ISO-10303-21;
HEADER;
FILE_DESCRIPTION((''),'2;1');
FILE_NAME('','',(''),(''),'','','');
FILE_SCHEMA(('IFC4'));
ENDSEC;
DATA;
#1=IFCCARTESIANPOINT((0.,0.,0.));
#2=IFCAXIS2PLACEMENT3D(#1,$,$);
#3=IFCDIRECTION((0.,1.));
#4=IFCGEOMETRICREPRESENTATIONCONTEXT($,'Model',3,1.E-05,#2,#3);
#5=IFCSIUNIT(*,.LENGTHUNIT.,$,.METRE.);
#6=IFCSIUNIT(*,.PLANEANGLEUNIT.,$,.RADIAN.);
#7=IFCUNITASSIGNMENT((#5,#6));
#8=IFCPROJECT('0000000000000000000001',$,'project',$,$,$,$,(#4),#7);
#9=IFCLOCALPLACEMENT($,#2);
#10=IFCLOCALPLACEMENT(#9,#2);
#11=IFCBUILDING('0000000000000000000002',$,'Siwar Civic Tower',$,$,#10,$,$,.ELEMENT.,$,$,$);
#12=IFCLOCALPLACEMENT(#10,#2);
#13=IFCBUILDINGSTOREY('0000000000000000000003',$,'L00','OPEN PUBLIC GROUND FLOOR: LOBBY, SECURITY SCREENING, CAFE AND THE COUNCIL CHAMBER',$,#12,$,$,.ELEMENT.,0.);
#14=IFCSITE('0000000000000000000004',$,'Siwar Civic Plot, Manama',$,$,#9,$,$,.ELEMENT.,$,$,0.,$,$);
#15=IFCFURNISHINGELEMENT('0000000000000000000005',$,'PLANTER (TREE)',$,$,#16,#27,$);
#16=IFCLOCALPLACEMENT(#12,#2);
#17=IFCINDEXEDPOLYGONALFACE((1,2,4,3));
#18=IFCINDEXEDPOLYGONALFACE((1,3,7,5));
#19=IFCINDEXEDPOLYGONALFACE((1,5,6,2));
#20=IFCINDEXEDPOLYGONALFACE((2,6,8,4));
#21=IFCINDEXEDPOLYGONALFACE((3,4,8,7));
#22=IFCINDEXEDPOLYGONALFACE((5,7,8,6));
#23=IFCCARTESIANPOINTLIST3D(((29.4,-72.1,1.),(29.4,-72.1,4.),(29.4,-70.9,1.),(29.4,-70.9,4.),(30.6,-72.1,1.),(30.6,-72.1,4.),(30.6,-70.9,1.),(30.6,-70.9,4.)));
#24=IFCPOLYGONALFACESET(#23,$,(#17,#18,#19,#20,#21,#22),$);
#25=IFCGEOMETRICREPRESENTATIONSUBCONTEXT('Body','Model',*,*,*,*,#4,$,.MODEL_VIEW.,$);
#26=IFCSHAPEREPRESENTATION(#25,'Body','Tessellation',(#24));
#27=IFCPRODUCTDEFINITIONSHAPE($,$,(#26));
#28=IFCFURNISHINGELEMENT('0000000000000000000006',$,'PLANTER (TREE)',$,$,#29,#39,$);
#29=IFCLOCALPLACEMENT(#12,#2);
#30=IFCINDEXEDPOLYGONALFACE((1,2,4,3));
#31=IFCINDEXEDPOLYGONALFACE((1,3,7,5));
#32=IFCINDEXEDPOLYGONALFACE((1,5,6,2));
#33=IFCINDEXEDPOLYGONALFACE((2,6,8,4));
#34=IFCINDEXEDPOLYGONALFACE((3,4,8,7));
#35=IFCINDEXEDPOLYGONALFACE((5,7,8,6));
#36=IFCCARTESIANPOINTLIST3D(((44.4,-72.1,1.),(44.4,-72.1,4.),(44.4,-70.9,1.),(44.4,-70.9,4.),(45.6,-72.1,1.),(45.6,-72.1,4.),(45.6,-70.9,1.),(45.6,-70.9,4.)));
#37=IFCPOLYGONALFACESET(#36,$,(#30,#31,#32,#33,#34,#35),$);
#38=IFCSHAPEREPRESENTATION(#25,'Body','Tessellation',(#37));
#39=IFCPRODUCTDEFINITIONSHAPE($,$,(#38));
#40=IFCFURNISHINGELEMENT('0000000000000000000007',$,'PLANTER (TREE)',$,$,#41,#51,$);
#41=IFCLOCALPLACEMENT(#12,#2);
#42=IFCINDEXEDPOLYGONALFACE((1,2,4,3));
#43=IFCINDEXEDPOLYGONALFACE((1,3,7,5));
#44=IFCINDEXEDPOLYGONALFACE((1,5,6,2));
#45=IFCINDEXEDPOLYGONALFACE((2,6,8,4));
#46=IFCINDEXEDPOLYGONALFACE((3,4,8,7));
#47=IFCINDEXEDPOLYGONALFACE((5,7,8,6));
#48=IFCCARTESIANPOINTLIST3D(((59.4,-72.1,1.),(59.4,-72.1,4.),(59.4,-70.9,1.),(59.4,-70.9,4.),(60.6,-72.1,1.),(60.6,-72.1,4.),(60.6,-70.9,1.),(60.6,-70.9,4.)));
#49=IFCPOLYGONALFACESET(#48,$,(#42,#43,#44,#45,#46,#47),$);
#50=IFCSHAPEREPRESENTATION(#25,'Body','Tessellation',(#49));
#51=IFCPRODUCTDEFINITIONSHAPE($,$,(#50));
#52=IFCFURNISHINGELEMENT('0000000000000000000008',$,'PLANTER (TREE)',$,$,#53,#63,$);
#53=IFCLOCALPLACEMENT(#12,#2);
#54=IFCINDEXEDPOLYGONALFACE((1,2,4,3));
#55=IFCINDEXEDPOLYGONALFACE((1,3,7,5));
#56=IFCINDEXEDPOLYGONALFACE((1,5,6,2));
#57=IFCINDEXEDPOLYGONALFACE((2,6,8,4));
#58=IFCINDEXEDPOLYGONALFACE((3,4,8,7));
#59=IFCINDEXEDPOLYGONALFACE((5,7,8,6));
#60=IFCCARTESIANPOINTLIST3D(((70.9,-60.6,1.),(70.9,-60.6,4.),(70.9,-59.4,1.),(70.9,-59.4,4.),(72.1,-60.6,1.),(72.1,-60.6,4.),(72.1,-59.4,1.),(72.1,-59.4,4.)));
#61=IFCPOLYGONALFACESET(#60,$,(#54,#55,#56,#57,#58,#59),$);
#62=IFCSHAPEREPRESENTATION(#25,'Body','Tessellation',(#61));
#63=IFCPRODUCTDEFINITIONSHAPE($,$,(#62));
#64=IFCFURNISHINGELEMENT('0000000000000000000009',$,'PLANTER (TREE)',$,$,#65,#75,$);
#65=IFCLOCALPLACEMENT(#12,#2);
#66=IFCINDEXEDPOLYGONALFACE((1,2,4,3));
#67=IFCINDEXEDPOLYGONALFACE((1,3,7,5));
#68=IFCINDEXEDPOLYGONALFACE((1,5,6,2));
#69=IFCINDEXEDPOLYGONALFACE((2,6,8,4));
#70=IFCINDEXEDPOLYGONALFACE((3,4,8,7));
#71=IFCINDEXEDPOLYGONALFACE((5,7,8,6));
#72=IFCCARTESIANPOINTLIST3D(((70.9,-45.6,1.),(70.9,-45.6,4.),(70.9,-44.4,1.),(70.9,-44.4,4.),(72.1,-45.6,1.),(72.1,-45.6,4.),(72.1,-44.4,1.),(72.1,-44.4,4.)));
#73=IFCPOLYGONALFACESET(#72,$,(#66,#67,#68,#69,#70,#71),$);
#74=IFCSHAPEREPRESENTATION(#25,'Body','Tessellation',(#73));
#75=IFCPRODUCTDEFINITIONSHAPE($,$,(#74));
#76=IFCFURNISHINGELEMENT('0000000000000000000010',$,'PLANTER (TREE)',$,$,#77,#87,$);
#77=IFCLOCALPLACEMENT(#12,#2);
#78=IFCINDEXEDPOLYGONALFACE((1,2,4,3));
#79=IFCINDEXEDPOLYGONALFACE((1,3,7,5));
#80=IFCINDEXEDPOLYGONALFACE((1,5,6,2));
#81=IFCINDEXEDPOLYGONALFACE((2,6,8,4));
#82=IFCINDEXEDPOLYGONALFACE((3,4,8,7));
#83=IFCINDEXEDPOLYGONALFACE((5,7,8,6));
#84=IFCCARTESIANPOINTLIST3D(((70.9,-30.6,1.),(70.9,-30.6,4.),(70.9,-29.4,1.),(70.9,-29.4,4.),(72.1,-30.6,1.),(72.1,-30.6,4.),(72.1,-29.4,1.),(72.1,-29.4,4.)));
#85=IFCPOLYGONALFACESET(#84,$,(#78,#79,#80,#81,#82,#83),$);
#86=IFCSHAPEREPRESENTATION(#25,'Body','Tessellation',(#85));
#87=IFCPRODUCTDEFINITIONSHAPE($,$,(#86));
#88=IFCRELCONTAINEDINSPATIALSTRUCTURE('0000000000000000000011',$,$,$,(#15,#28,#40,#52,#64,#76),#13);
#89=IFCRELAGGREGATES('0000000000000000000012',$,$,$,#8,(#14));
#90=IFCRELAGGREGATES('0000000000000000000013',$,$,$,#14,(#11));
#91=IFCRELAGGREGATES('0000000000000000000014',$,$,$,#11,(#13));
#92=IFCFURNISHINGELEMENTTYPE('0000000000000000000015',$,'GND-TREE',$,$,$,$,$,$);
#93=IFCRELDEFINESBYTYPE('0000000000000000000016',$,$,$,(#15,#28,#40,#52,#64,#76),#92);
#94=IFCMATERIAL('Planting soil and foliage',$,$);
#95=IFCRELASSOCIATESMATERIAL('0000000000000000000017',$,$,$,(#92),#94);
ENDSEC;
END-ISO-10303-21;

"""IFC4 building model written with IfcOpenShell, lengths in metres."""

from ifc_helpers import new_model, si_unit, direction, frame, origin, origin_2d, place, context, subcontext, project, spatial, rectangle, extrude, material, type_object, element, save


model = new_model("IFC4")

# Units and contexts
model_context = context("Model", 3, precision=1e-05, world=origin(), true_north=direction((0.0, 1.0)))
body_context = subcontext(model_context, "Body", "Model", "MODEL_VIEW")
ifc_project = project(units=[si_unit("LENGTHUNIT", "METRE"), si_unit("PLANEANGLEUNIT", "RADIAN")], contexts=[model_context])

# Site, building, storey
site_placement = place(None, origin())
site = spatial("IfcSite", under=ifc_project, at=site_placement, Name="Siwar Civic Plot, Manama", CompositionType="ELEMENT", RefElevation=0.0)
building_placement = place(site_placement, origin())
building = spatial("IfcBuilding", under=site, at=building_placement, Name="Siwar Civic Tower", CompositionType="ELEMENT")
storey_placement = place(building_placement, origin())
storey = spatial("IfcBuildingStorey", under=building, at=storey_placement, Name="L00", Description="OPEN PUBLIC GROUND FLOOR: LOBBY, SECURITY SCREENING, CAFE AND THE COUNCIL CHAMBER", CompositionType="ELEMENT", Elevation=0.0)

# Furnishing elements
ifc_material_1 = material(Name="Planting soil and foliage")
furnishing_element_type_1 = type_object("IfcFurnishingElementType", Name="GND-TREE", material=ifc_material_1)
for number, where, z_axis, x_axis, name in (
    (1, (30.0, -71.5, 1.0), (0.0, 0.0, 1.0), (1.0, 0.0, 0.0), "PLANTER (TREE)"),
    (2, (45.0, -71.5, 1.0), (0.0, 0.0, 1.0), (1.0, 0.0, 0.0), "PLANTER (TREE)"),
    (3, (60.0, -71.5, 1.0), (0.0, 0.0, 1.0), (1.0, 0.0, 0.0), "PLANTER (TREE)"),
    (4, (71.5, -60.0, 1.0), (0.0, 0.0, 1.0), (1.0, 0.0, 0.0), "PLANTER (TREE)"),
    (5, (71.5, -45.0, 1.0), (0.0, 0.0, 1.0), (1.0, 0.0, 0.0), "PLANTER (TREE)"),
    (6, (71.5, -30.0, 1.0), (0.0, 0.0, 1.0), (1.0, 0.0, 0.0), "PLANTER (TREE)"),
):
    element("IfcFurnishingElement", number, at=place(storey_placement, frame(where, z_axis=z_axis, x_axis=x_axis)), inside=storey, type_object=furnishing_element_type_1, Name=name, context=body_context, shape_type="SweptSolid", body=[
        extrude(rectangle(XDim=1.2, YDim=1.2, at=origin_2d()), origin(), (0.0, 0.0, 1.0), 3.0),
    ])

save(model, "model.ifc")
